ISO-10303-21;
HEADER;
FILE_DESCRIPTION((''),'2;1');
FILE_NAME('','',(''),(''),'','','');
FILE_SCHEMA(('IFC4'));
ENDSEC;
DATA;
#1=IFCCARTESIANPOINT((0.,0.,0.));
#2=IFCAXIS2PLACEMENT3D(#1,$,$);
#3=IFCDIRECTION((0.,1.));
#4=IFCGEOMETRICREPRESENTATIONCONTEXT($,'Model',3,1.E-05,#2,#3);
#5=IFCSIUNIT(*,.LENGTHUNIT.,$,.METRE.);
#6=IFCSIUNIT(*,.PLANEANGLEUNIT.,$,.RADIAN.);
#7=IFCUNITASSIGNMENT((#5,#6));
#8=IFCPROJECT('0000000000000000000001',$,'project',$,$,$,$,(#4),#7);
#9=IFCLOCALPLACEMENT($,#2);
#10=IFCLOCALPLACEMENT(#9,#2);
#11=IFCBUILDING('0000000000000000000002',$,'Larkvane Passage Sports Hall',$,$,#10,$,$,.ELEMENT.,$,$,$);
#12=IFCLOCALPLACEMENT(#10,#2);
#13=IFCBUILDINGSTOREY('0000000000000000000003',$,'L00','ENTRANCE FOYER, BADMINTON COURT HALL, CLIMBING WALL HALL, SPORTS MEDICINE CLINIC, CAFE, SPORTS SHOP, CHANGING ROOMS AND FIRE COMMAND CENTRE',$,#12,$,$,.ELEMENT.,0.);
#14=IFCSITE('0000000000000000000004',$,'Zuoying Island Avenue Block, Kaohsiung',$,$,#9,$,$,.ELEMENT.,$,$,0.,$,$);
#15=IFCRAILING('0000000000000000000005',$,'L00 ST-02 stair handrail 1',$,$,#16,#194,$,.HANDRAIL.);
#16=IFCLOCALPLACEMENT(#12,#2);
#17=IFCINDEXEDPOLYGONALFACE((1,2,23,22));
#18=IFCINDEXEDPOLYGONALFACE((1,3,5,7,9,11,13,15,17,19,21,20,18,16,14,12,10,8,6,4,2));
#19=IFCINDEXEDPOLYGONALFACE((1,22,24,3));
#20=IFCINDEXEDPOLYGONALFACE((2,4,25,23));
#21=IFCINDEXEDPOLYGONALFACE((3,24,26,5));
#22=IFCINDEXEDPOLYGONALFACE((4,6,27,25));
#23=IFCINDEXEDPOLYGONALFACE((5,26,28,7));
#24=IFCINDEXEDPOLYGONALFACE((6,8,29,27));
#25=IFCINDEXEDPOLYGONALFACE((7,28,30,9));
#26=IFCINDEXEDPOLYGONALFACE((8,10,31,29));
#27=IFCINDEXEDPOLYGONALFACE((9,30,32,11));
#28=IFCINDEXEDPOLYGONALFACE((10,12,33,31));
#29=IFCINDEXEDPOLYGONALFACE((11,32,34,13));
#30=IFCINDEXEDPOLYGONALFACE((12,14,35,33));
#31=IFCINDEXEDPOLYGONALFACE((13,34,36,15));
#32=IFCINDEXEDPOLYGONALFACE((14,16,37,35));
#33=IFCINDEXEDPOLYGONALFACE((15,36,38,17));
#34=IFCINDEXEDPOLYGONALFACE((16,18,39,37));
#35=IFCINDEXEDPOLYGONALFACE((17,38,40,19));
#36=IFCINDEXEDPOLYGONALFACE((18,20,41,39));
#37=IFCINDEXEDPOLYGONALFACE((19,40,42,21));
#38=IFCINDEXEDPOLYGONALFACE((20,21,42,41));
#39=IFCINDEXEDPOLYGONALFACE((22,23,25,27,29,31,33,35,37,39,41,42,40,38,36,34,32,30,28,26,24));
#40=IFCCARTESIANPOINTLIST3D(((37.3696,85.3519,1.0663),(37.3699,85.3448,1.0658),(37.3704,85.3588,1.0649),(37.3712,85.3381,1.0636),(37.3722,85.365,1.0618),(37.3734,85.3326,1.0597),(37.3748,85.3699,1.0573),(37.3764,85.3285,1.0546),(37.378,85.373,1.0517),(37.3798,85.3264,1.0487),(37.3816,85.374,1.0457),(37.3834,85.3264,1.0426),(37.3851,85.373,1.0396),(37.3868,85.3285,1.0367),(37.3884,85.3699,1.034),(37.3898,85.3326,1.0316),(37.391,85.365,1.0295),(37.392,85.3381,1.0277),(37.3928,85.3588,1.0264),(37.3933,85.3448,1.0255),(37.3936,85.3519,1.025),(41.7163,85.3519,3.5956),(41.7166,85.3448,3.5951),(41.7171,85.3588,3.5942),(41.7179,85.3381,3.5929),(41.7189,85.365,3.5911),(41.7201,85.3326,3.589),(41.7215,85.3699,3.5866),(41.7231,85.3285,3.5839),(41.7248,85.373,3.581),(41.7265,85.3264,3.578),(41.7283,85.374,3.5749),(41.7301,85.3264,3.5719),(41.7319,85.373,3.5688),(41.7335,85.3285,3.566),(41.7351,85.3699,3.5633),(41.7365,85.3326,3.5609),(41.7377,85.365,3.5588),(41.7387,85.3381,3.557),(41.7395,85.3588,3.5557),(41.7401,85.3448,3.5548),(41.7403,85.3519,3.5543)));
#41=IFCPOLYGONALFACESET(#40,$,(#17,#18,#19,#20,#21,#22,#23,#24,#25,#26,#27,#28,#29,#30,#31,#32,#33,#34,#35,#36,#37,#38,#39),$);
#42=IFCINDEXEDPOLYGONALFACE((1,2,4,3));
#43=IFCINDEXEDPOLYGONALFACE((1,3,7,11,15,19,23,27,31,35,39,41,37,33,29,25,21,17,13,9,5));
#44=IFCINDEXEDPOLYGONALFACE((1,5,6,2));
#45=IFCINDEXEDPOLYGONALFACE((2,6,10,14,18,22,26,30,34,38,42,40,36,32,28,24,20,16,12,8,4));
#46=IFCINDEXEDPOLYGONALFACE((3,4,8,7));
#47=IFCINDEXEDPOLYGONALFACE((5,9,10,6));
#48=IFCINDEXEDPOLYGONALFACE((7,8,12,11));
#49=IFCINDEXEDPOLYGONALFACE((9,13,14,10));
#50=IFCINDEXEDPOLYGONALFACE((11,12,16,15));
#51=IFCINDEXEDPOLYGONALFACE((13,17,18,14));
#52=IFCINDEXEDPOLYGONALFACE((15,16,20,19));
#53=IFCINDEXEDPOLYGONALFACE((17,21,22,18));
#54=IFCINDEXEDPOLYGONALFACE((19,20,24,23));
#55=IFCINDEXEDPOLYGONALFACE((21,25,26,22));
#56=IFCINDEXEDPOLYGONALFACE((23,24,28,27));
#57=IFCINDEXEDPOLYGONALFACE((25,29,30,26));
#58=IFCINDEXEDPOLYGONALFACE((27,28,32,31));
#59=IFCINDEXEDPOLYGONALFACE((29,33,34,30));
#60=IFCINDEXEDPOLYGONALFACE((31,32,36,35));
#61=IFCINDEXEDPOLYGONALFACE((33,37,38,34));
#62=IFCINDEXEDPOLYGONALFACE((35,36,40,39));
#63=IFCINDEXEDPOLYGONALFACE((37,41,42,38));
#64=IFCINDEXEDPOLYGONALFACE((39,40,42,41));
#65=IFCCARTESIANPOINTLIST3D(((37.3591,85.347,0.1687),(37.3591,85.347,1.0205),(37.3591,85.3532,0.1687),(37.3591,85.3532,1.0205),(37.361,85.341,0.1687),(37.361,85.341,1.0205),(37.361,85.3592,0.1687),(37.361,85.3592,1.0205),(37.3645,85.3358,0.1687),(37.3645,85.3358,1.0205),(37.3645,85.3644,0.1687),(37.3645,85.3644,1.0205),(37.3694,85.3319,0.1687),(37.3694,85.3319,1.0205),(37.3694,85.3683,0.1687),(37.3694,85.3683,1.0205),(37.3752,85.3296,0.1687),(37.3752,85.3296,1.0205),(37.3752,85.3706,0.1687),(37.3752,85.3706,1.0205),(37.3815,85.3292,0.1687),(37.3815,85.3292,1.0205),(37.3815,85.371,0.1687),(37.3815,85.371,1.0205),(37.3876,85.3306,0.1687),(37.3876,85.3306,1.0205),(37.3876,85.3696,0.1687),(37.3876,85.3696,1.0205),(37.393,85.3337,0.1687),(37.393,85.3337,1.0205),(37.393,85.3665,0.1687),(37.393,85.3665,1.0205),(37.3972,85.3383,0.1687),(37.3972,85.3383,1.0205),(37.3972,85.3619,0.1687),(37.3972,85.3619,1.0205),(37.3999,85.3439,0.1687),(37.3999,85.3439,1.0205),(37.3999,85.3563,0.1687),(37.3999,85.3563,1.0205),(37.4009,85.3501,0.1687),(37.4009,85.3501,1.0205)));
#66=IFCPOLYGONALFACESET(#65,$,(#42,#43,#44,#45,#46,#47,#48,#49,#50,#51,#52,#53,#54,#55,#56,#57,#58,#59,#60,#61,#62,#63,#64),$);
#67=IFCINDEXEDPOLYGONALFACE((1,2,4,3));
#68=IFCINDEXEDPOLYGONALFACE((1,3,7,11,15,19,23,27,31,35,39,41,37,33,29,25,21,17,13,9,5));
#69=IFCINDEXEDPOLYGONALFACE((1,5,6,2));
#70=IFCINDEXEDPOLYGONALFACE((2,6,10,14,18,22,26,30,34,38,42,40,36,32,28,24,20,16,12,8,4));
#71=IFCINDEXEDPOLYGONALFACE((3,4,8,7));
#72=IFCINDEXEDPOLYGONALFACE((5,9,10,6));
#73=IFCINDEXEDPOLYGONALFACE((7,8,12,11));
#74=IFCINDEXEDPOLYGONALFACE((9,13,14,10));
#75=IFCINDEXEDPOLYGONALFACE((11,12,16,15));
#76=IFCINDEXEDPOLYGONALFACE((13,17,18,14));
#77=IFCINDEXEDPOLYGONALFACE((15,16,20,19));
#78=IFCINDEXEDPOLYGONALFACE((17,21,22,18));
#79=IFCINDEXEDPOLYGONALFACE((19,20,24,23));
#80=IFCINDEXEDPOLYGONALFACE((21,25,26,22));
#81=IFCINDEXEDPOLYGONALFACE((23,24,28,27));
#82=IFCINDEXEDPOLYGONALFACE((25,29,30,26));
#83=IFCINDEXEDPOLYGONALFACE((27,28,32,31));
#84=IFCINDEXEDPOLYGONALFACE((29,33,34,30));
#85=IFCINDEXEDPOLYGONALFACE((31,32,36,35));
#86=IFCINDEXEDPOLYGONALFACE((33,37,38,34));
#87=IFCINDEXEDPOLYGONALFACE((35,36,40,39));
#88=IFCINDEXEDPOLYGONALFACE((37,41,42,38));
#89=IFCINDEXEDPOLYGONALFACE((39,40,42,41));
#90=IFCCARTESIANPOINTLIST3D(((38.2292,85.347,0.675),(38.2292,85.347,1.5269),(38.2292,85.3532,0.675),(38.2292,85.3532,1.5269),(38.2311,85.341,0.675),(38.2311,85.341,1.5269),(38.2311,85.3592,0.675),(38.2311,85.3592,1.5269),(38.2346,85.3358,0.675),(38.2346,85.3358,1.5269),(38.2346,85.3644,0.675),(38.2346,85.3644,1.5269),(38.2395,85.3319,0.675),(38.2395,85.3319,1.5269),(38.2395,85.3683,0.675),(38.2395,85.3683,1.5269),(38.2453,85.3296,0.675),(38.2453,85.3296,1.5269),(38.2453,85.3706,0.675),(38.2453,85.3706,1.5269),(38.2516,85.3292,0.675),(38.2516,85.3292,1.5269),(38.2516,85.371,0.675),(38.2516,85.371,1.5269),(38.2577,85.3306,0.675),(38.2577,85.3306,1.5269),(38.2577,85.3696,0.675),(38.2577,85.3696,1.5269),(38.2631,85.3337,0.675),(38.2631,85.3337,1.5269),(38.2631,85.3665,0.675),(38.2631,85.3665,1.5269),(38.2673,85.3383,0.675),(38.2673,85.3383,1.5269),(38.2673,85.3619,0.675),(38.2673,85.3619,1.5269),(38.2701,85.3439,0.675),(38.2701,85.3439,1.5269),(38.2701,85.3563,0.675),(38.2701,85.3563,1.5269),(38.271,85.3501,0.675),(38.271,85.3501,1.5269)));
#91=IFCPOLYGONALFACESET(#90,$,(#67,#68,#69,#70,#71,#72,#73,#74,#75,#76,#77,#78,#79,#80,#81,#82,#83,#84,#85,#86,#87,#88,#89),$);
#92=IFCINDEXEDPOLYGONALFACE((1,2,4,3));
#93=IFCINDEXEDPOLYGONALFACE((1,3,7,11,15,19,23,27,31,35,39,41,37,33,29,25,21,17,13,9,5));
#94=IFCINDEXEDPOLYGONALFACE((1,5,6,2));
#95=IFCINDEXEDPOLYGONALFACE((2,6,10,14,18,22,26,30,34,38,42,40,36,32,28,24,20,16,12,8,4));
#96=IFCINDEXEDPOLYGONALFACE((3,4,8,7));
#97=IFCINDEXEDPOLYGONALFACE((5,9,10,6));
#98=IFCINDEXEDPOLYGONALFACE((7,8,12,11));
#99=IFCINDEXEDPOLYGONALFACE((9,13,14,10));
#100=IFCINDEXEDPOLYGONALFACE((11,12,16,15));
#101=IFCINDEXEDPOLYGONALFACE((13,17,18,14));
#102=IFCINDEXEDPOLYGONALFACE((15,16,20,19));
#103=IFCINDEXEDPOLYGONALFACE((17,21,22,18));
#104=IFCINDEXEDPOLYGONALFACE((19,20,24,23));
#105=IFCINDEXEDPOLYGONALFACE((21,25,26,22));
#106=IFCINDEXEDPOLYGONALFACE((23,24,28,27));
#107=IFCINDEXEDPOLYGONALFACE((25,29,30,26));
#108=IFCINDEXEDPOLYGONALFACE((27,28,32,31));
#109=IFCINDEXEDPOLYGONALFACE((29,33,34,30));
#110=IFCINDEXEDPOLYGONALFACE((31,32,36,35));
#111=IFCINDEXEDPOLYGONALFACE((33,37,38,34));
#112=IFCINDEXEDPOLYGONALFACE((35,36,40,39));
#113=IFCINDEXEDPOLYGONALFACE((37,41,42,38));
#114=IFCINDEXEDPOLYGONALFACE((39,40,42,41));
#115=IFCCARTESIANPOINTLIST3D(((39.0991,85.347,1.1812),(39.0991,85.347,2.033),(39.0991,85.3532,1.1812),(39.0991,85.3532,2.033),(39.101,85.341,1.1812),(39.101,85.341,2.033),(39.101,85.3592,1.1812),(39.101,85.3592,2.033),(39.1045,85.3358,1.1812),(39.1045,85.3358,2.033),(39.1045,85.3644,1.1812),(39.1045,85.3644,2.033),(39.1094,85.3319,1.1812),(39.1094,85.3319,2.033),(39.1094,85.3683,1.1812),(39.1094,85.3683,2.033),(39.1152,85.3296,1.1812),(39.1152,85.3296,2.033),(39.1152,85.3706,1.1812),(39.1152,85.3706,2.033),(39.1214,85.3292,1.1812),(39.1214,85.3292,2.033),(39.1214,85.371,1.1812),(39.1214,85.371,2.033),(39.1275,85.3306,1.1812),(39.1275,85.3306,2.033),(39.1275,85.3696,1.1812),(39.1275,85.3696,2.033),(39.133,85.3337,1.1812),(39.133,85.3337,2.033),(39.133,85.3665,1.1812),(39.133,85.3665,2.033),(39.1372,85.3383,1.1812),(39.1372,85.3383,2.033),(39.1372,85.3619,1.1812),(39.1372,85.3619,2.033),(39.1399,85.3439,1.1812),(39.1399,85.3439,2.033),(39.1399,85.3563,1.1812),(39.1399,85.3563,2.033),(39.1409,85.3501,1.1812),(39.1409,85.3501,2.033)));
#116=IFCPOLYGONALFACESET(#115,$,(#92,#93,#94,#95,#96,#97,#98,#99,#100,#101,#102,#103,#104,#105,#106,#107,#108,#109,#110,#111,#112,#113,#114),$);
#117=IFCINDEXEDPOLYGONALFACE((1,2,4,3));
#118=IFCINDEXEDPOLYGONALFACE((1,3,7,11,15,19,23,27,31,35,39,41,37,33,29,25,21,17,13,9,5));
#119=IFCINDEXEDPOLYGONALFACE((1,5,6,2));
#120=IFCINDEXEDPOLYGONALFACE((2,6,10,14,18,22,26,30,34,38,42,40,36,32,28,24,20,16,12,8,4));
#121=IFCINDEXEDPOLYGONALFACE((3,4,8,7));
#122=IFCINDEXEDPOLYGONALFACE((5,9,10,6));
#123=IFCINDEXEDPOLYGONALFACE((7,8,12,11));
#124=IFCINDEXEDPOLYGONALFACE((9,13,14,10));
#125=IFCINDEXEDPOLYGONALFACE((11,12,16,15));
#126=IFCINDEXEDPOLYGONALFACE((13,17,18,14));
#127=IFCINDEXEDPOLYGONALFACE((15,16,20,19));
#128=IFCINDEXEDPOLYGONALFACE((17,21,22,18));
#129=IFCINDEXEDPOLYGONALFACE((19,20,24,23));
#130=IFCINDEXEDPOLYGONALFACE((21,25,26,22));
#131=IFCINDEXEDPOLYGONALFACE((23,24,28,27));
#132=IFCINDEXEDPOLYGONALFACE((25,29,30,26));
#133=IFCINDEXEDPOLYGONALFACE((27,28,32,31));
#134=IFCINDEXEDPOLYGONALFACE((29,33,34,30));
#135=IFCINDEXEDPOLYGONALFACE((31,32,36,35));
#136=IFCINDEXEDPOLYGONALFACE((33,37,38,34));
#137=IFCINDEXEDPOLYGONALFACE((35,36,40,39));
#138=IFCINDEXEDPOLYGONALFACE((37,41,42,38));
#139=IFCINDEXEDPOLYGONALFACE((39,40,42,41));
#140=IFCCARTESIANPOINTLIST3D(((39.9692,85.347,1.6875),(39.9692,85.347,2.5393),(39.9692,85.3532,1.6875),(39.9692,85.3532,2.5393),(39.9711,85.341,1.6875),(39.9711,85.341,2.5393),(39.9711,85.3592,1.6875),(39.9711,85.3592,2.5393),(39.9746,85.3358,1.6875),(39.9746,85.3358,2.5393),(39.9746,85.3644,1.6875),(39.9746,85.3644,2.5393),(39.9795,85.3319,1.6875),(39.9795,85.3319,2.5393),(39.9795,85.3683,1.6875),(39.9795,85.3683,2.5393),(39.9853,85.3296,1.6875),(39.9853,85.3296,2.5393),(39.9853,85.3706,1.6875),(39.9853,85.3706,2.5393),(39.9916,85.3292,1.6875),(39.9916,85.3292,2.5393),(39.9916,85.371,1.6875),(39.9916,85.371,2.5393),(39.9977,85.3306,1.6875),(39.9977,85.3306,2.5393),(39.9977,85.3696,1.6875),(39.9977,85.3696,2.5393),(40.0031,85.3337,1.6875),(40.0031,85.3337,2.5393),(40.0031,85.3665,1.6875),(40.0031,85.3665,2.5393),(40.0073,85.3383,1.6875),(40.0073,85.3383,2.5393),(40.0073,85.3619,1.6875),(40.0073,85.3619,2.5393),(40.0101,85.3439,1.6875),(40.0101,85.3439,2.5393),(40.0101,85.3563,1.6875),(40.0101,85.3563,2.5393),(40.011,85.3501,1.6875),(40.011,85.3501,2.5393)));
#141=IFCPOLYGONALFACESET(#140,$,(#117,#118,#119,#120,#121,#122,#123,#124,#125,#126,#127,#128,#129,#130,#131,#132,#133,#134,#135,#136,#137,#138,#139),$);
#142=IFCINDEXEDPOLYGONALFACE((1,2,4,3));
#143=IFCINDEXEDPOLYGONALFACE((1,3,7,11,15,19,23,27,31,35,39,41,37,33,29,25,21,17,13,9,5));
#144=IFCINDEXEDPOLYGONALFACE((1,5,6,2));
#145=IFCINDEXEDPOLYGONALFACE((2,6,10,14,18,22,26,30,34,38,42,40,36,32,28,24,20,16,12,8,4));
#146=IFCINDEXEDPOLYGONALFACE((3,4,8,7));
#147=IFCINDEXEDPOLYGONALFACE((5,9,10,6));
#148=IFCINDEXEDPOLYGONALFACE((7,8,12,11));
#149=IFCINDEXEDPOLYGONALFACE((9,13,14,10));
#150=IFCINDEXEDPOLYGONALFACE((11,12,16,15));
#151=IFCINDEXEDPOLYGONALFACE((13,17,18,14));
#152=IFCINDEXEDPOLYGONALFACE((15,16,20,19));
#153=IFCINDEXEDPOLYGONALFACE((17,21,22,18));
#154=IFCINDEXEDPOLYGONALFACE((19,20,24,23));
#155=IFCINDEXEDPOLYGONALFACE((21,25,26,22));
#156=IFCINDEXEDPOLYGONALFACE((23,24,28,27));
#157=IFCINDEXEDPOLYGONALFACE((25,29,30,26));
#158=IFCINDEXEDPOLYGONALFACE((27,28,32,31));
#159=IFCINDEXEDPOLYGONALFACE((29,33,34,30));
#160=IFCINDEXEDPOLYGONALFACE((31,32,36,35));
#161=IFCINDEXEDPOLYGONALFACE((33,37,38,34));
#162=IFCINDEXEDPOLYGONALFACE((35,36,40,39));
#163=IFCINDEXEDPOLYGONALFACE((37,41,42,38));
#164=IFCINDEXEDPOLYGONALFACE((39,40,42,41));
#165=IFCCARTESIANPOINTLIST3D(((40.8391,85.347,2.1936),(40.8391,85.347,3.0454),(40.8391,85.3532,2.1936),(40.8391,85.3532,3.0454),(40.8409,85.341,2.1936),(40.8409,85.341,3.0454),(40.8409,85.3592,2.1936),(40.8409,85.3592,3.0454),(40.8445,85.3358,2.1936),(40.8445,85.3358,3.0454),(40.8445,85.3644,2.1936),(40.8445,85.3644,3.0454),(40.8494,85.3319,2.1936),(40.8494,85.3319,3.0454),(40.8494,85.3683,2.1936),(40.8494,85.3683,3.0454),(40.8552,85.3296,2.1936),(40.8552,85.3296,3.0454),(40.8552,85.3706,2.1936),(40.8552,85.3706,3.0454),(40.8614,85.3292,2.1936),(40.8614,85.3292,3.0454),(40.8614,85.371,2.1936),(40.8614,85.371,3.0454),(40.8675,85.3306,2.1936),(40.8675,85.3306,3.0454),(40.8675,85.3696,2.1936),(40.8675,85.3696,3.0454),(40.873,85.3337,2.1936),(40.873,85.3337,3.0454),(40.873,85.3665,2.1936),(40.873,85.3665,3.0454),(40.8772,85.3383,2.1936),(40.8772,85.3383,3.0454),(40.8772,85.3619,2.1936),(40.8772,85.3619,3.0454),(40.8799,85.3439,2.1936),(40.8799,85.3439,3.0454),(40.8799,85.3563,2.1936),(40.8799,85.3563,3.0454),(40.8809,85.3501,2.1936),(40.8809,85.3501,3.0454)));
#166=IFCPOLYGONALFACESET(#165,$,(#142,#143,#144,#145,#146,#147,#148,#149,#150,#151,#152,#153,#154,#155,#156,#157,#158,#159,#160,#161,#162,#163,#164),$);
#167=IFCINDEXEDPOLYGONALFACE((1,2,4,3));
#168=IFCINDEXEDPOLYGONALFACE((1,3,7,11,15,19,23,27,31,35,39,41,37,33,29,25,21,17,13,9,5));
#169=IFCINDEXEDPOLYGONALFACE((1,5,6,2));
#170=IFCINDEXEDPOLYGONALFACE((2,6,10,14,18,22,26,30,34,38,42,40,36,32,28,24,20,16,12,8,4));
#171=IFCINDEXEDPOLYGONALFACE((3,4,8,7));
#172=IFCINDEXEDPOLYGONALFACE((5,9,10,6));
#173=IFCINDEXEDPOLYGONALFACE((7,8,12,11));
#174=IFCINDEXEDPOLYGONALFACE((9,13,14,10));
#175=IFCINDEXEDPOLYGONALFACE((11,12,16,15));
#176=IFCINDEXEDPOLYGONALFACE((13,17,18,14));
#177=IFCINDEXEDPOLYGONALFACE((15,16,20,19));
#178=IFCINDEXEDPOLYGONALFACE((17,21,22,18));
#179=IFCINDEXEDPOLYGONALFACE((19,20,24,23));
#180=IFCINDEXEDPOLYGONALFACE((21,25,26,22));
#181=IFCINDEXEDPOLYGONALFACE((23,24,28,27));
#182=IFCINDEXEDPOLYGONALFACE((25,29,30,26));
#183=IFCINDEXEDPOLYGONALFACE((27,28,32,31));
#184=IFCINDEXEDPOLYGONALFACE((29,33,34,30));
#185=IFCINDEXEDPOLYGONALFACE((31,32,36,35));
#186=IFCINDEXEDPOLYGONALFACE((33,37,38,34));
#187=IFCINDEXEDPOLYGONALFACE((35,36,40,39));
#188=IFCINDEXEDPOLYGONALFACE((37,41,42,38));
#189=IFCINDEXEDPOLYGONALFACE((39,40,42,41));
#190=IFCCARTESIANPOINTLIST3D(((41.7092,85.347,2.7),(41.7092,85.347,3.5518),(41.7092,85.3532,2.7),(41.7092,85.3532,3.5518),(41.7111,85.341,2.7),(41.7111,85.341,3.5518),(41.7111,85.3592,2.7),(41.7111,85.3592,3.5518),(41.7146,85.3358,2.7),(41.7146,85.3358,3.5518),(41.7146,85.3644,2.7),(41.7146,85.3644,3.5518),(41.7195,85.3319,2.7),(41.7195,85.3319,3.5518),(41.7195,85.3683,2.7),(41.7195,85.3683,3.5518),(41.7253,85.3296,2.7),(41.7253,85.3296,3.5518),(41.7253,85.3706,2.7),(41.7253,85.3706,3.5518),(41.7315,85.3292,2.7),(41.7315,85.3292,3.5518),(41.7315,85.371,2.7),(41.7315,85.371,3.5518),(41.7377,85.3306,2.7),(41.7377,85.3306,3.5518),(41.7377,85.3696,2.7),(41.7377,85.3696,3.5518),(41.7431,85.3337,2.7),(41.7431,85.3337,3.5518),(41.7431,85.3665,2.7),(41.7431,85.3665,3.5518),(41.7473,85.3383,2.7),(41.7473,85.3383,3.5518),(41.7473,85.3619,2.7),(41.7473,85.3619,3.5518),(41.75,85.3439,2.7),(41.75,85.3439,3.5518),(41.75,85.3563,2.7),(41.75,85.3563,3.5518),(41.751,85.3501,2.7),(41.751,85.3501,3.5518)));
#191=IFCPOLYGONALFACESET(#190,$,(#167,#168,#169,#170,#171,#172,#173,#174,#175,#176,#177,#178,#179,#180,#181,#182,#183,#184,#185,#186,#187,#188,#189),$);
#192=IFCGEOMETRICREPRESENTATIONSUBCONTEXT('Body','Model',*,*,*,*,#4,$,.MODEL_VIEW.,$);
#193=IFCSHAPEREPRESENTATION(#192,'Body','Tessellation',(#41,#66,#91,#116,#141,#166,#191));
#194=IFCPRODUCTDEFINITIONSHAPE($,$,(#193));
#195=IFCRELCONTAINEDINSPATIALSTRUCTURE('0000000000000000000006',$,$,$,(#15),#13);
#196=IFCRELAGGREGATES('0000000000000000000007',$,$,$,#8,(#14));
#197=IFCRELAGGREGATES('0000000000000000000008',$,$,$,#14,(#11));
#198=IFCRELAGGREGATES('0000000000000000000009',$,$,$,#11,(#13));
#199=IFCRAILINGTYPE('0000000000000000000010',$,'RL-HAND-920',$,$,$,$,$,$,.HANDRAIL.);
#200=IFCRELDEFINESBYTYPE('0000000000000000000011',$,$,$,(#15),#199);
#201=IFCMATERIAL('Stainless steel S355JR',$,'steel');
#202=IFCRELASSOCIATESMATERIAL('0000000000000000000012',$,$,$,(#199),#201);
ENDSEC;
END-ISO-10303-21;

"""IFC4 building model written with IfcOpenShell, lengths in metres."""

from ifc_helpers import new_model, si_unit, direction, frame, origin, origin_2d, place, context, subcontext, project, spatial, circle, extrude, material, type_object, element, save


model = new_model("IFC4")

# Units and contexts
model_context = context("Model", 3, precision=1e-05, world=origin(), true_north=direction((0.0, 1.0)))
body_context = subcontext(model_context, "Body", "Model", "MODEL_VIEW")
ifc_project = project(units=[si_unit("LENGTHUNIT", "METRE"), si_unit("PLANEANGLEUNIT", "RADIAN")], contexts=[model_context])

# Site, building, storey
site_placement = place(None, origin())
site = spatial("IfcSite", under=ifc_project, at=site_placement, Name="Zuoying Island Avenue Block, Kaohsiung", CompositionType="ELEMENT", RefElevation=0.0)
building_placement = place(site_placement, origin())
building = spatial("IfcBuilding", under=site, at=building_placement, Name="Larkvane Passage Sports Hall", CompositionType="ELEMENT")
storey_placement = place(building_placement, origin())
storey = spatial("IfcBuildingStorey", under=building, at=storey_placement, Name="L00", Description="ENTRANCE FOYER, BADMINTON COURT HALL, CLIMBING WALL HALL, SPORTS MEDICINE CLINIC, CAFE, SPORTS SHOP, CHANGING ROOMS AND FIRE COMMAND CENTRE", CompositionType="ELEMENT", Elevation=0.0)

# Railing
ifc_material_1 = material(Name="Stainless steel S355JR", Category="steel")
railing_type_1 = type_object("IfcRailingType", Name="RL-HAND-920", PredefinedType="HANDRAIL", material=ifc_material_1)
railing_1_placement = place(storey_placement, frame((37.3799, 85.3501, 0.1687)))
element("IfcRailing", 1, at=railing_1_placement, inside=storey, type_object=railing_type_1, Name="L00 ST-02 stair handrail 1", PredefinedType="HANDRAIL", context=body_context, shape_type="SweptSolid", body=[
    extrude(circle(Radius=0.0239, at=origin_2d()), frame((0.0017, 0.0, 0.877), z_axis=(0.864324, 0.0, 0.502936), x_axis=(0.0, 1.0, 0.0)), (0.0, 0.0, 1.0), 5.0291),
    extrude(circle(Radius=0.021, at=origin_2d()), origin(), (0.0, 0.0, 1.0), 0.8518),
    extrude(circle(Radius=0.021, at=origin_2d()), frame((0.8701, 0.0, 0.5063)), (0.0, 0.0, 1.0), 0.8518),
    extrude(circle(Radius=0.021, at=origin_2d()), frame((1.74, 0.0, 1.0125)), (0.0, 0.0, 1.0), 0.8518),
    extrude(circle(Radius=0.021, at=origin_2d()), frame((2.6101, 0.0, 1.5188)), (0.0, 0.0, 1.0), 0.8518),
    extrude(circle(Radius=0.021, at=origin_2d()), frame((3.48, 0.0, 2.0249)), (0.0, 0.0, 1.0), 0.8518),
    extrude(circle(Radius=0.021, at=origin_2d()), frame((4.3501, 0.0, 2.5312)), (0.0, 0.0, 1.0), 0.8518),
])

save(model, "model.ifc")
